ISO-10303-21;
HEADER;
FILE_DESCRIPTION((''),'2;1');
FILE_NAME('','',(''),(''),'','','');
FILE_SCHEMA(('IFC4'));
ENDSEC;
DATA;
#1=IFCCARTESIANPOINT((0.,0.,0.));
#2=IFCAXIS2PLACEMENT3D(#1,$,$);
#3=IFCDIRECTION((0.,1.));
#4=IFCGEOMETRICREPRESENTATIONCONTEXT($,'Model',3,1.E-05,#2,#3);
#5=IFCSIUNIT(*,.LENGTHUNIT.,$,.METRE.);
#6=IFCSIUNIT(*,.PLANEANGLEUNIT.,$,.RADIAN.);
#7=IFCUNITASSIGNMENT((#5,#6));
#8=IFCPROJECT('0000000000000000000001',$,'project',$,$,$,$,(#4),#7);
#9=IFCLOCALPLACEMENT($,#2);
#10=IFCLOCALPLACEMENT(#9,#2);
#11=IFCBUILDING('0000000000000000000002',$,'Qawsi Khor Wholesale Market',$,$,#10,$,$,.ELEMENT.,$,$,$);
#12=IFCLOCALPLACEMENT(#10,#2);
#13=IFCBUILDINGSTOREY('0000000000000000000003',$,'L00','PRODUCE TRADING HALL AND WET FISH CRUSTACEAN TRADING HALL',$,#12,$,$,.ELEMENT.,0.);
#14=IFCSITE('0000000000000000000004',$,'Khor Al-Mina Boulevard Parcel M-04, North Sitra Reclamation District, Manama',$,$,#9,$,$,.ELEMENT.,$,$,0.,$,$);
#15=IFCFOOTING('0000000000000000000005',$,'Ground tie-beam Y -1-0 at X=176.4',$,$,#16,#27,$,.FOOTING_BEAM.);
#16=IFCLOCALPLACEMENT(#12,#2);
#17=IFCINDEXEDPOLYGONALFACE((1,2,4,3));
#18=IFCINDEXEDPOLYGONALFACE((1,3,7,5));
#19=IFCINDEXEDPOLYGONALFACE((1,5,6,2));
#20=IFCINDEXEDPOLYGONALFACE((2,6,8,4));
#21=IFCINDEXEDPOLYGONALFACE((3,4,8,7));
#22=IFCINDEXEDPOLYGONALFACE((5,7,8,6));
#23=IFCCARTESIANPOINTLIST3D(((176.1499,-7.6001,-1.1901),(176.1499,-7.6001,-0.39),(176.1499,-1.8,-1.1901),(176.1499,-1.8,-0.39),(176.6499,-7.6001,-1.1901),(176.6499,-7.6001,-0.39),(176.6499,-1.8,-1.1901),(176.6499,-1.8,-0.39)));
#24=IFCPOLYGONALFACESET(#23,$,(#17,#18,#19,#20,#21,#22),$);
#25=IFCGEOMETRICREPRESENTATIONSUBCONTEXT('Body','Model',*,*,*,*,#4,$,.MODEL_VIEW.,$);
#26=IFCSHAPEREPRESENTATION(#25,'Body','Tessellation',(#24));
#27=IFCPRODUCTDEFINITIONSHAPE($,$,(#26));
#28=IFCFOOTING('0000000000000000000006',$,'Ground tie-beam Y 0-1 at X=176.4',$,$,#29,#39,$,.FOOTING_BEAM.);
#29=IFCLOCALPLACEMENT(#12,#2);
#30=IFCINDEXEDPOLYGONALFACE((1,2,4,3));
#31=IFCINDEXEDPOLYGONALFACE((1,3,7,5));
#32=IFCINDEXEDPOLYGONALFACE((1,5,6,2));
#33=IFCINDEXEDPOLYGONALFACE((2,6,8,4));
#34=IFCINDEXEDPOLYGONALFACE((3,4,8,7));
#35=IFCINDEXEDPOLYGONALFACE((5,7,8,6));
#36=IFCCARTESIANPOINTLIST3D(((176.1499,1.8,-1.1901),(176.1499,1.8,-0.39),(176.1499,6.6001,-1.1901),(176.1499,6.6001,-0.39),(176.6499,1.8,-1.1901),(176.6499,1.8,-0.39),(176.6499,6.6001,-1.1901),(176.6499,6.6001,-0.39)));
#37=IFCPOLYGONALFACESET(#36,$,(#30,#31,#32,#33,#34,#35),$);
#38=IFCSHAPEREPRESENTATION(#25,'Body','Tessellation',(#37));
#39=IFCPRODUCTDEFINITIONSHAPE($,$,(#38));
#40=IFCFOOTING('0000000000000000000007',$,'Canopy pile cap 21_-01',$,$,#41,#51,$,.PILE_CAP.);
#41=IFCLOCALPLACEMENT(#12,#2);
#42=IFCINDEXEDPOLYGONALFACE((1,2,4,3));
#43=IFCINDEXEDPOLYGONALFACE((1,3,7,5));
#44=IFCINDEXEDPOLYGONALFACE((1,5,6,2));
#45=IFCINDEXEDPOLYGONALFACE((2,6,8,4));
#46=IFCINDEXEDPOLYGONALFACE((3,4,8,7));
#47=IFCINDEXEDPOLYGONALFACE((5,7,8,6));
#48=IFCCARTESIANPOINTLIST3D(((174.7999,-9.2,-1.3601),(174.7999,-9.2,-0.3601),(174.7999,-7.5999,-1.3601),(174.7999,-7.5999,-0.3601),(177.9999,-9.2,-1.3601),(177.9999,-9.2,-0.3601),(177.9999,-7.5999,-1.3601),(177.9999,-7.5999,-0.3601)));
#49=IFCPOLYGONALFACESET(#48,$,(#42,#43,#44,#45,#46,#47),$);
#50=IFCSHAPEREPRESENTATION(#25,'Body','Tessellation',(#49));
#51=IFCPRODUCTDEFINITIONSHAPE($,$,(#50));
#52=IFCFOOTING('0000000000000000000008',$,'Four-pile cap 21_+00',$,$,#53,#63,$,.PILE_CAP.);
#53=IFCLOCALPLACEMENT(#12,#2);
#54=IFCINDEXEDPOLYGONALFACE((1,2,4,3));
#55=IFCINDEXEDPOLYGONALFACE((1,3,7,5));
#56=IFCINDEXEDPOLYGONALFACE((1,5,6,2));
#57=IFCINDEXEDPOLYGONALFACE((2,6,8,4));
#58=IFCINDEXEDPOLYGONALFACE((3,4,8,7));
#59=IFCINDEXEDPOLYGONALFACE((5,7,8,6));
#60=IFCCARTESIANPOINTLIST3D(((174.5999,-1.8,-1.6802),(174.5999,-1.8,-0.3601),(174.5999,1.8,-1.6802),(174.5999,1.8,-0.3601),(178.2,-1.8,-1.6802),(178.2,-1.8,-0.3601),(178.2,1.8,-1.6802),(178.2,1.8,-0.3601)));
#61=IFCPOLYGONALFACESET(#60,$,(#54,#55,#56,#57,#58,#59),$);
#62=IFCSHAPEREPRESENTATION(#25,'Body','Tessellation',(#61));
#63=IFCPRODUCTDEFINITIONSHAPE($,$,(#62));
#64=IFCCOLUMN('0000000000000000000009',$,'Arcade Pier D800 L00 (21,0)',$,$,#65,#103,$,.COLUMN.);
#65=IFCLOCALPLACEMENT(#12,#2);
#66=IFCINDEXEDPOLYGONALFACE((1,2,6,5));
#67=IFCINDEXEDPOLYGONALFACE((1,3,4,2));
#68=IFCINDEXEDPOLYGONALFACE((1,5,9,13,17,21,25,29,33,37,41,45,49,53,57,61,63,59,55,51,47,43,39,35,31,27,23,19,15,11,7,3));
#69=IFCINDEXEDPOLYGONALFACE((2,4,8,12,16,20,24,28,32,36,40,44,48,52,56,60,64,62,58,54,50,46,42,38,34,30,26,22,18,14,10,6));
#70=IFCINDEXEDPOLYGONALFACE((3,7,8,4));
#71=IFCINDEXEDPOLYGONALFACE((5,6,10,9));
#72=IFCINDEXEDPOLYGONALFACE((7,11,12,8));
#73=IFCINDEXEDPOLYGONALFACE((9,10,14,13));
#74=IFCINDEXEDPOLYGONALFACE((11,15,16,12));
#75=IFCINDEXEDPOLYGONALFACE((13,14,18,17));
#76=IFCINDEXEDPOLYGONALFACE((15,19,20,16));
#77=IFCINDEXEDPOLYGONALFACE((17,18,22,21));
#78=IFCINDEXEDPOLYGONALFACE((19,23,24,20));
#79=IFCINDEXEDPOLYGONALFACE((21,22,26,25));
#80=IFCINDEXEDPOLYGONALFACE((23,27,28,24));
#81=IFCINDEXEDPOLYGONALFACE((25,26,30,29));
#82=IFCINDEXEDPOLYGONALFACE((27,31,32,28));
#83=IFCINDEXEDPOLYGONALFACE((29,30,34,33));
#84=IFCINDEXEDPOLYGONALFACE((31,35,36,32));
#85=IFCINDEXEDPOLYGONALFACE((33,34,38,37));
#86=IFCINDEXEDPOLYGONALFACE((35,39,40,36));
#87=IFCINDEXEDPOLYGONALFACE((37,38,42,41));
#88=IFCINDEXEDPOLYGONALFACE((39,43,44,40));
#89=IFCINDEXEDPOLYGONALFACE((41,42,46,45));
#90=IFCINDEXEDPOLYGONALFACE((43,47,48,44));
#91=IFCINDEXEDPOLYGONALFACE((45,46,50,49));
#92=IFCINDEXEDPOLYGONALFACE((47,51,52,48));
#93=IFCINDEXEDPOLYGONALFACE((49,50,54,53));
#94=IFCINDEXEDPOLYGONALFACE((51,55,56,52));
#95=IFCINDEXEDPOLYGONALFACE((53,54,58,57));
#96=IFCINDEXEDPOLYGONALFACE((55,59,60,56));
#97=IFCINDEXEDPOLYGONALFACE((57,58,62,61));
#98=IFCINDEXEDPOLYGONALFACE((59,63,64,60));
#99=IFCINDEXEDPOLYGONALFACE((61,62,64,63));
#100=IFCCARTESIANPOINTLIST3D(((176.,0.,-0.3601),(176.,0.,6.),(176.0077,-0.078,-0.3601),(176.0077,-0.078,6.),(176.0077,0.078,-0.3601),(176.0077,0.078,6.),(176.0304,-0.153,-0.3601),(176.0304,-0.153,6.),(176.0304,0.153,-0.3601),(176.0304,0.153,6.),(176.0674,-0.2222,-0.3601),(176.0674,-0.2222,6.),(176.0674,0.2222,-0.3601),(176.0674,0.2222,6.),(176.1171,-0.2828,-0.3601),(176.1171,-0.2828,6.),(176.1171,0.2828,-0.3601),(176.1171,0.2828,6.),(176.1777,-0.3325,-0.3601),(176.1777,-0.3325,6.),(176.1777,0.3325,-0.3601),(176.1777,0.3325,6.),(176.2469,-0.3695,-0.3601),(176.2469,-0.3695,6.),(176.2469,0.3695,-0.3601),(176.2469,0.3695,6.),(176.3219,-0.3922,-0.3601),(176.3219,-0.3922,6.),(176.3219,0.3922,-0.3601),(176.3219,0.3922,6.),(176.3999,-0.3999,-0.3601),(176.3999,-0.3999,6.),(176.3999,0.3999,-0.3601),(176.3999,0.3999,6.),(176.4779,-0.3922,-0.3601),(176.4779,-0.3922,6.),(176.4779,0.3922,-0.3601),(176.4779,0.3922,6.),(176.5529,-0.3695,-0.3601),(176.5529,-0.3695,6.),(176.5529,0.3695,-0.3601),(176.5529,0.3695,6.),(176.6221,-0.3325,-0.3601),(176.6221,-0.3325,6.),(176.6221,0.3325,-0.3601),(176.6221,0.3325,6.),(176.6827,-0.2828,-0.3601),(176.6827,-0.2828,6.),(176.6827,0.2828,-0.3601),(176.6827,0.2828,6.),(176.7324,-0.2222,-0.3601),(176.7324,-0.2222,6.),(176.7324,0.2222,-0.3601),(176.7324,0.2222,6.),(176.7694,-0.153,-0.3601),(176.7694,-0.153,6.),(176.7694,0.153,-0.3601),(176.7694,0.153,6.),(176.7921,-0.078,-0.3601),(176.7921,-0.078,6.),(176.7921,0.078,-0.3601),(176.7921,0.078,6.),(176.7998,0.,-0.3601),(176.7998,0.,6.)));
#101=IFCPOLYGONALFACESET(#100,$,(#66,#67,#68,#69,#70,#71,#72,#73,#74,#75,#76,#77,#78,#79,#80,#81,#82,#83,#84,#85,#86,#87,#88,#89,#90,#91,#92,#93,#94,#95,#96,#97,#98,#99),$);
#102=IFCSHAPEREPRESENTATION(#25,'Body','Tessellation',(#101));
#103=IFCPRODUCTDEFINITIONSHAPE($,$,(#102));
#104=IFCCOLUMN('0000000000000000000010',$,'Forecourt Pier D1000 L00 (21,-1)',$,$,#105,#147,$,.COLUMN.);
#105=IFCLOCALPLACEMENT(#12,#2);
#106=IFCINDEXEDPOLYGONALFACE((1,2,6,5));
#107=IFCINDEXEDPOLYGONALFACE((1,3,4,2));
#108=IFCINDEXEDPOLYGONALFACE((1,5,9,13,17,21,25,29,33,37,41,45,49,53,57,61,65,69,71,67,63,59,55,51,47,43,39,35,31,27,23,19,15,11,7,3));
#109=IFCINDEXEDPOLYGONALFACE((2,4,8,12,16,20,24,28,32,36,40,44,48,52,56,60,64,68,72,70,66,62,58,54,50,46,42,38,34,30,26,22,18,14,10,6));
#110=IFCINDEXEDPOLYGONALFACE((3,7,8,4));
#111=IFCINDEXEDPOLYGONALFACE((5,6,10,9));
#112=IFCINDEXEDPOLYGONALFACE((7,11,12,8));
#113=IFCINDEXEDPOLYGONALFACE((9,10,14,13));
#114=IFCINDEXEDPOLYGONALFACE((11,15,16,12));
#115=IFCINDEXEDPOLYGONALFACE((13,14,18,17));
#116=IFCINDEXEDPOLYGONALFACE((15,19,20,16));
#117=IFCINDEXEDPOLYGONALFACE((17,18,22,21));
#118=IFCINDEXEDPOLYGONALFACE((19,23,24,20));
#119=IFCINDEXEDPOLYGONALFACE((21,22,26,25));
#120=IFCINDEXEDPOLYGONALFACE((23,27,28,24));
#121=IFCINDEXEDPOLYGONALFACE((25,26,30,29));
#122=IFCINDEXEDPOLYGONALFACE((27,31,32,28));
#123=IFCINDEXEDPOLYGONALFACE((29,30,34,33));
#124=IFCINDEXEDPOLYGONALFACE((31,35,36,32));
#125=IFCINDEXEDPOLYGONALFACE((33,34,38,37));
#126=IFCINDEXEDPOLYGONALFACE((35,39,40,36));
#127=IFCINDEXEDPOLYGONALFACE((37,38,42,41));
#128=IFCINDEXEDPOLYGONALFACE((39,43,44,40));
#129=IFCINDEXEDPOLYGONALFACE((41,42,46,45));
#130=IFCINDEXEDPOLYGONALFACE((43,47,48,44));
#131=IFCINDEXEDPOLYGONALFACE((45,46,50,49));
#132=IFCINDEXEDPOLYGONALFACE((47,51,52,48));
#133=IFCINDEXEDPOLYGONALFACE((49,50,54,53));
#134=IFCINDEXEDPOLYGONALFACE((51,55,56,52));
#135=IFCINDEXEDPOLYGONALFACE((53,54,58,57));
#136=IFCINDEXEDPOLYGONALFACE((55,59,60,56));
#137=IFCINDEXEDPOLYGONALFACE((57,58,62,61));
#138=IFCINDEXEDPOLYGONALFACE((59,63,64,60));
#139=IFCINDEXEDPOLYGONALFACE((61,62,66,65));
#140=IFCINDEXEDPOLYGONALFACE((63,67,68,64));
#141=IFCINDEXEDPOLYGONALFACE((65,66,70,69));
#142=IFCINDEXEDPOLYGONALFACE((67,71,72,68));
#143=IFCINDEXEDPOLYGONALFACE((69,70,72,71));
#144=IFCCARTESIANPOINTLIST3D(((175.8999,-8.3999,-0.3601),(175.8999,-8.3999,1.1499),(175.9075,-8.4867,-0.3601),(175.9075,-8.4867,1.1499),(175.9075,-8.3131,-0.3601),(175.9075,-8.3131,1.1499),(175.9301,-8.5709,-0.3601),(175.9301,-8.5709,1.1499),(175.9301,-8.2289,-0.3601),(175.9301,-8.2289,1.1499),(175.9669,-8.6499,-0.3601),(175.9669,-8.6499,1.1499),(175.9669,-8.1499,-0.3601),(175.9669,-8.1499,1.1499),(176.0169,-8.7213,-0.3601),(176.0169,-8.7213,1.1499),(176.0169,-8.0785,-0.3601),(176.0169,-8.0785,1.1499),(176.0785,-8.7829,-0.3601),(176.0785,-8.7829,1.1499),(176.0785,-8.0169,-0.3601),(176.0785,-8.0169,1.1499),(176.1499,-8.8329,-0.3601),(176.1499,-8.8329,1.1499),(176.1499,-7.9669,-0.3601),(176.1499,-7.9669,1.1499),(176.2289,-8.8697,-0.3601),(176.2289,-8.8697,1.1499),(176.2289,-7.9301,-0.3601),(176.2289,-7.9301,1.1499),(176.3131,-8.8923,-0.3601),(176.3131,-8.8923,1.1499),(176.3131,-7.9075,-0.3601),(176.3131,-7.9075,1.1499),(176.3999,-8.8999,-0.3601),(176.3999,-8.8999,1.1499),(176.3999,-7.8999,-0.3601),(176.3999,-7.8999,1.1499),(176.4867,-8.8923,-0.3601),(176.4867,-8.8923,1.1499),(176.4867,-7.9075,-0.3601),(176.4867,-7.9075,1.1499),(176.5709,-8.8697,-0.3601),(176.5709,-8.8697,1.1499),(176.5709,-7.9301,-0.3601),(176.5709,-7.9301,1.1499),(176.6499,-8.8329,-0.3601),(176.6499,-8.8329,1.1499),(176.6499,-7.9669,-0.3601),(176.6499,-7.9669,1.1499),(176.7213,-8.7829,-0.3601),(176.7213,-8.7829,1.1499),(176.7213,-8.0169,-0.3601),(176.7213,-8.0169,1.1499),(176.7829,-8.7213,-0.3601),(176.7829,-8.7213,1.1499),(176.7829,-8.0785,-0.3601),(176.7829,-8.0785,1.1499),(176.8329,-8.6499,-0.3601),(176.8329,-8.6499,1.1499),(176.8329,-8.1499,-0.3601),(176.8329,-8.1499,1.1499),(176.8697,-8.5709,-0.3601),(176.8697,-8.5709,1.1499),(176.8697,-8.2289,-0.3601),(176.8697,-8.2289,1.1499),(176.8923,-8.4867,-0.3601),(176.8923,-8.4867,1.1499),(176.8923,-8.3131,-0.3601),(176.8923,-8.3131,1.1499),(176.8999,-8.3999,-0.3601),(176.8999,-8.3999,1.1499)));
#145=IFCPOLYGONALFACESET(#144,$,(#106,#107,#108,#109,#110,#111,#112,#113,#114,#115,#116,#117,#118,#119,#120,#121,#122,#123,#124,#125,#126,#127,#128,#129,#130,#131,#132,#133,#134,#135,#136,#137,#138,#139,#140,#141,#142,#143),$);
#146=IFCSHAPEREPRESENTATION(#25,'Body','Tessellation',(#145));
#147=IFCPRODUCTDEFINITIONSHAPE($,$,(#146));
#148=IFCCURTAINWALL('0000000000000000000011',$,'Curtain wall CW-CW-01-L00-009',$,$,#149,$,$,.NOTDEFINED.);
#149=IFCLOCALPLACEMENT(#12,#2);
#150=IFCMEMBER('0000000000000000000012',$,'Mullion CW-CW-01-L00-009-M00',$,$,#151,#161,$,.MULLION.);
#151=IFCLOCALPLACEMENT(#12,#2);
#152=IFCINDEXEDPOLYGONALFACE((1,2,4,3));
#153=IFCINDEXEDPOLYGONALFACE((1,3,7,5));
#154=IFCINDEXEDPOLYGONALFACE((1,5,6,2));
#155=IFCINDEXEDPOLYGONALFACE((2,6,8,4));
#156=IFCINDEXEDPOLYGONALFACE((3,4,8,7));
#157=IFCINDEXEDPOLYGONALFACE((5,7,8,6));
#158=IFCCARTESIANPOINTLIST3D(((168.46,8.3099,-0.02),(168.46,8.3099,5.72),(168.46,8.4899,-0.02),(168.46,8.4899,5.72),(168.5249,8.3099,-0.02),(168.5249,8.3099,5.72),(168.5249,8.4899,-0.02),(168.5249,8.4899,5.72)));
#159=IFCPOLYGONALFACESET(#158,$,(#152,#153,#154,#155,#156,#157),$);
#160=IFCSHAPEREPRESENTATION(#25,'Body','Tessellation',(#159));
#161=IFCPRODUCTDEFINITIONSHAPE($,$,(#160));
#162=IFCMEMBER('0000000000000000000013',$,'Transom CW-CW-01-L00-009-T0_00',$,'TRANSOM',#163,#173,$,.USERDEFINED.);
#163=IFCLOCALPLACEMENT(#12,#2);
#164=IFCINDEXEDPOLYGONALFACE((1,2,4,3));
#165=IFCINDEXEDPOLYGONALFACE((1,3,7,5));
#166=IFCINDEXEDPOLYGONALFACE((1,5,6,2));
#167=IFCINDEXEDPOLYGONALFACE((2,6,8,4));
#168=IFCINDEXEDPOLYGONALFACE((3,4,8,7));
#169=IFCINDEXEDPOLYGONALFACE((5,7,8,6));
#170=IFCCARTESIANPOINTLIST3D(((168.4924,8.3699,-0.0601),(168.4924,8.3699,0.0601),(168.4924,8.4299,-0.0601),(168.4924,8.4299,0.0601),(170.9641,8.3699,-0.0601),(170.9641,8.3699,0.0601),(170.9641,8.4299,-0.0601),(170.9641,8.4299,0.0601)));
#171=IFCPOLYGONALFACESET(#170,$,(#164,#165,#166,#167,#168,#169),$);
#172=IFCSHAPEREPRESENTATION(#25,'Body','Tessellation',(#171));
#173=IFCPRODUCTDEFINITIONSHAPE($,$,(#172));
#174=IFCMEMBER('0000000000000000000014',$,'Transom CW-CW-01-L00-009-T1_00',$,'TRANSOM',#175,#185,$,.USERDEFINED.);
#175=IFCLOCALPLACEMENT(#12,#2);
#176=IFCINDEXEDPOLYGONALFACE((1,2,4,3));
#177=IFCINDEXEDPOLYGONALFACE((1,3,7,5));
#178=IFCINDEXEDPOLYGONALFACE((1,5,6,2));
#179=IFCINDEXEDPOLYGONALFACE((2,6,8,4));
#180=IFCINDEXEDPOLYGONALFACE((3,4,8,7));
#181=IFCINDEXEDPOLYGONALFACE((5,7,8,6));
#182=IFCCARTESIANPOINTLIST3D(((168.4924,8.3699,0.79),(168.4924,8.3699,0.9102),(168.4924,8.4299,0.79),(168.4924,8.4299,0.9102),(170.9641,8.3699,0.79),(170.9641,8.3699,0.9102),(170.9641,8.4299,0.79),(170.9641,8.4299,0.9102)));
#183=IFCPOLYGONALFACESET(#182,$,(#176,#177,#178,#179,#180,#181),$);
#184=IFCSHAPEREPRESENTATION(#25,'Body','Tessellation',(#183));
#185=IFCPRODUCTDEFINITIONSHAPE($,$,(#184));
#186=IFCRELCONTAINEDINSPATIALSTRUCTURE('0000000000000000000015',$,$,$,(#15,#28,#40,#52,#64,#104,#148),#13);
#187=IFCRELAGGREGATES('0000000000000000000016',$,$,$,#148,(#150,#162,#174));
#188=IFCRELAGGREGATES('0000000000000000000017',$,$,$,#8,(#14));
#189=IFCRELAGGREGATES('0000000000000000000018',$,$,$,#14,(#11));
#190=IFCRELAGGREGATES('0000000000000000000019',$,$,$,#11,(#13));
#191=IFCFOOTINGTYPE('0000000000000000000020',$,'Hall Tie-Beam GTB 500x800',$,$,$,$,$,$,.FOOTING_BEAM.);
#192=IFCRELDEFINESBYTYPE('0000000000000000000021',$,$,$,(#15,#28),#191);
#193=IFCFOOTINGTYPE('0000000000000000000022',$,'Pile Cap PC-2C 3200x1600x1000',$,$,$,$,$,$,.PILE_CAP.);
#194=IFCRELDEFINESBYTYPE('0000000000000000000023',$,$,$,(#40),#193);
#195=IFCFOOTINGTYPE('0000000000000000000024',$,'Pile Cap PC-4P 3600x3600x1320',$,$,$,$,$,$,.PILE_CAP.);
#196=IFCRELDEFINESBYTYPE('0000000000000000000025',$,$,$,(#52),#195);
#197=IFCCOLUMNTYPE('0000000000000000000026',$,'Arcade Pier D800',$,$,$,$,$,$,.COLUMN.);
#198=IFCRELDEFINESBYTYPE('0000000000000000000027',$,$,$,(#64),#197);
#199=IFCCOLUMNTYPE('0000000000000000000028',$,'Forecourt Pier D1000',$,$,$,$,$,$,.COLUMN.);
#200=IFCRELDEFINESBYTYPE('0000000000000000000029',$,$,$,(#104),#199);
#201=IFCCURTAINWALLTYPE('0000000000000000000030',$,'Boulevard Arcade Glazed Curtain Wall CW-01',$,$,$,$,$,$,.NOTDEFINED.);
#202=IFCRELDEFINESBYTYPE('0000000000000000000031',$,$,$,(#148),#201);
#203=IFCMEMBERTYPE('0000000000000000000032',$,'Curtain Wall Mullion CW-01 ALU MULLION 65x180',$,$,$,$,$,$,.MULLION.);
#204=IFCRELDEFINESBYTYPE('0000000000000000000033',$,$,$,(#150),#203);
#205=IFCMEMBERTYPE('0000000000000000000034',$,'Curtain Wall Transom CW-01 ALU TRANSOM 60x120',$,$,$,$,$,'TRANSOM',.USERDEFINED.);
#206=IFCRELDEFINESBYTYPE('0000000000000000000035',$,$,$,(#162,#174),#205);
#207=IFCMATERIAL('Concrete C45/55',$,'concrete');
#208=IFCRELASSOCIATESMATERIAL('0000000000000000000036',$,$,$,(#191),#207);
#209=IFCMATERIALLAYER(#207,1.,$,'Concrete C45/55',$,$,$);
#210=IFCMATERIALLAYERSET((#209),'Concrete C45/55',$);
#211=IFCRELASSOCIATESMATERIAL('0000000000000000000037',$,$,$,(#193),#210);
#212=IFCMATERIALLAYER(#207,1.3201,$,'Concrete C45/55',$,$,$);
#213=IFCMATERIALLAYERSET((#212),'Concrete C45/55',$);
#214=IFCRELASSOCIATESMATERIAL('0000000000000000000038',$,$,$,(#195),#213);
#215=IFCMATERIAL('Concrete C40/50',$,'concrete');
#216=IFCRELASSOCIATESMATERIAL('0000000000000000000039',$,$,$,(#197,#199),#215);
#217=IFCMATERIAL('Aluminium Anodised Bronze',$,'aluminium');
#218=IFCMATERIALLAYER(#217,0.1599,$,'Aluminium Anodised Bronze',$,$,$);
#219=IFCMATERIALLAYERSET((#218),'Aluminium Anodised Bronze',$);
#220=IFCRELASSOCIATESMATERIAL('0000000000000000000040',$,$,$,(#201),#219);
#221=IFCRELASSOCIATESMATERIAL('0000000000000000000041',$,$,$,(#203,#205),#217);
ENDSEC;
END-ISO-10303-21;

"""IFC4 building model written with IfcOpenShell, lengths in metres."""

from ifc_helpers import new_model, si_unit, direction, frame, origin, origin_2d, place, context, subcontext, project, spatial, rectangle, circle, extrude, material, layer, layer_set, material_profile, profile_set, type_object, element, aggregate, save


model = new_model("IFC4")

# Units and contexts
model_context = context("Model", 3, precision=1e-05, world=origin(), true_north=direction((0.0, 1.0)))
body_context = subcontext(model_context, "Body", "Model", "MODEL_VIEW")
ifc_project = project(units=[si_unit("LENGTHUNIT", "METRE"), si_unit("PLANEANGLEUNIT", "RADIAN")], contexts=[model_context])

# Site, building, storey
site_placement = place(None, origin())
site = spatial("IfcSite", under=ifc_project, at=site_placement, Name="Khor Al-Mina Boulevard Parcel M-04, North Sitra Reclamation District, Manama", CompositionType="ELEMENT", RefElevation=0.0)
building_placement = place(site_placement, origin())
building = spatial("IfcBuilding", under=site, at=building_placement, Name="Qawsi Khor Wholesale Market", CompositionType="ELEMENT")
storey_placement = place(building_placement, origin())
storey = spatial("IfcBuildingStorey", under=building, at=storey_placement, Name="L00", Description="PRODUCE TRADING HALL AND WET FISH CRUSTACEAN TRADING HALL", CompositionType="ELEMENT", Elevation=0.0)

# Shared definitions
ifc_material_1 = material(Name="Concrete C45/55", Category="concrete")

# Footings
ifc_material_profile_1 = material_profile(ifc_material_1, rectangle(XDim=0.5, YDim=0.8, at=origin_2d()), Name="RC 500x800")
ifc_profile_set_1 = profile_set([ifc_material_profile_1], Name="Concrete C45/55")
footing_type_1 = type_object("IfcFootingType", Name="Hall Tie-Beam GTB 500x800", PredefinedType="FOOTING_BEAM", material=ifc_profile_set_1)
footing_1_placement = place(storey_placement, frame((176.3999, -7.6001, -0.79), z_axis=(0.0, 1.0, 0.0), x_axis=(-1.0, 0.0, 0.0)))
element("IfcFooting", 1, at=footing_1_placement, inside=storey, type_object=footing_type_1, Name="Ground tie-beam Y -1-0 at X=176.4", PredefinedType="FOOTING_BEAM", context=body_context, shape_type="SweptSolid", body=[
    extrude(rectangle(XDim=0.5, YDim=0.8, at=origin_2d()), origin(), (0.0, 0.0, 1.0), 5.8),
])
footing_2_placement = place(storey_placement, frame((176.3999, 1.8, -0.79), z_axis=(0.0, 1.0, 0.0), x_axis=(-1.0, 0.0, 0.0)))
element("IfcFooting", 2, at=footing_2_placement, inside=storey, type_object=footing_type_1, Name="Ground tie-beam Y 0-1 at X=176.4", PredefinedType="FOOTING_BEAM", context=body_context, shape_type="SweptSolid", body=[
    extrude(rectangle(XDim=0.5, YDim=0.8, at=origin_2d()), origin(), (0.0, 0.0, 1.0), 4.8),
])
ifc_layer_1 = layer(ifc_material_1, 1.0, Name="Concrete C45/55")
ifc_layer_set_1 = layer_set([ifc_layer_1], Name="Concrete C45/55")
footing_type_2 = type_object("IfcFootingType", Name="Pile Cap PC-2C 3200x1600x1000", PredefinedType="PILE_CAP", material=ifc_layer_set_1)
footing_3_placement = place(storey_placement, frame((176.3999, -8.3999, -1.3601), z_axis=(0.0, 0.0, 1.0), x_axis=(1.0, 0.0, 0.0)))
element("IfcFooting", 3, at=footing_3_placement, inside=storey, type_object=footing_type_2, Name="Canopy pile cap 21_-01", PredefinedType="PILE_CAP", context=body_context, shape_type="SweptSolid", body=[
    extrude(rectangle(XDim=3.2, YDim=1.6001, at=origin_2d()), origin(), (0.0, 0.0, 1.0), 1.0),
])
ifc_layer_2 = layer(ifc_material_1, 1.3201, Name="Concrete C45/55")
ifc_layer_set_2 = layer_set([ifc_layer_2], Name="Concrete C45/55")
footing_type_3 = type_object("IfcFootingType", Name="Pile Cap PC-4P 3600x3600x1320", PredefinedType="PILE_CAP", material=ifc_layer_set_2)
footing_4_placement = place(storey_placement, frame((176.3999, 0.0, -1.6802), z_axis=(0.0, 0.0, 1.0), x_axis=(1.0, 0.0, 0.0)))
element("IfcFooting", 4, at=footing_4_placement, inside=storey, type_object=footing_type_3, Name="Four-pile cap 21_+00", PredefinedType="PILE_CAP", context=body_context, shape_type="SweptSolid", body=[
    extrude(rectangle(XDim=3.6001, YDim=3.6001, at=origin_2d()), origin(), (0.0, 0.0, 1.0), 1.3201),
])

# Columns
ifc_material_2 = material(Name="Concrete C40/50", Category="concrete")
ifc_material_profile_2 = material_profile(ifc_material_2, circle(Radius=0.3999, at=origin_2d()), Name="RC COL D800")
ifc_profile_set_2 = profile_set([ifc_material_profile_2], Name="Concrete C40/50")
column_type_1 = type_object("IfcColumnType", Name="Arcade Pier D800", PredefinedType="COLUMN", material=ifc_profile_set_2)
column_1_placement = place(storey_placement, frame((176.3999, 0.0, -0.3601), z_axis=(0.0, 0.0, 1.0), x_axis=(1.0, 0.0, 0.0)))
element("IfcColumn", 5, at=column_1_placement, inside=storey, type_object=column_type_1, Name="Arcade Pier D800 L00 (21,0)", PredefinedType="COLUMN", context=body_context, shape_type="SweptSolid", body=[
    extrude(circle(Radius=0.3999, at=origin_2d()), origin(), (0.0, 0.0, 1.0), 6.3601),
])
ifc_material_profile_3 = material_profile(ifc_material_2, circle(Radius=0.5, at=origin_2d()), Name="RC COL D1000")
ifc_profile_set_3 = profile_set([ifc_material_profile_3], Name="Concrete C40/50")
column_type_2 = type_object("IfcColumnType", Name="Forecourt Pier D1000", PredefinedType="COLUMN", material=ifc_profile_set_3)
column_2_placement = place(storey_placement, frame((176.3999, -8.3999, -0.3601), z_axis=(0.0, 0.0, 1.0), x_axis=(1.0, 0.0, 0.0)))
element("IfcColumn", 6, at=column_2_placement, inside=storey, type_object=column_type_2, Name="Forecourt Pier D1000 L00 (21,-1)", PredefinedType="COLUMN", context=body_context, shape_type="SweptSolid", body=[
    extrude(circle(Radius=0.5, at=origin_2d()), origin(), (0.0, 0.0, 1.0), 1.51),
])

# Curtain wall, members
ifc_material_3 = material(Name="Aluminium Anodised Bronze", Category="aluminium")
ifc_layer_3 = layer(ifc_material_3, 0.1599, Name="Aluminium Anodised Bronze")
ifc_layer_set_3 = layer_set([ifc_layer_3], Name="Aluminium Anodised Bronze")
curtain_wall_type = type_object("IfcCurtainWallType", Name="Boulevard Arcade Glazed Curtain Wall CW-01", PredefinedType="NOTDEFINED", material=ifc_layer_set_3)
curtain_wall_placement = place(storey_placement, origin())
curtain_wall = element("IfcCurtainWall", 7, at=curtain_wall_placement, inside=storey, type_object=curtain_wall_type, Name="Curtain wall CW-CW-01-L00-009", PredefinedType="NOTDEFINED")
ifc_material_profile_4 = material_profile(ifc_material_3, rectangle(XDim=0.0649, YDim=0.1799, at=origin_2d()), Name="ALU MULLION 65x180")
ifc_profile_set_4 = profile_set([ifc_material_profile_4], Name="Aluminium Anodised Bronze")
member_type_1 = type_object("IfcMemberType", Name="Curtain Wall Mullion CW-01 ALU MULLION 65x180", PredefinedType="MULLION", material=ifc_profile_set_4)
member_1_placement = place(storey_placement, frame((168.4924, 8.3999, -0.02), z_axis=(0.0, 0.0, 1.0), x_axis=(1.0, 0.0, 0.0)))
member_1 = element("IfcMember", 8, at=member_1_placement, type_object=member_type_1, Name="Mullion CW-CW-01-L00-009-M00", PredefinedType="MULLION", context=body_context, shape_type="SweptSolid", body=[
    extrude(rectangle(XDim=0.0649, YDim=0.1799, at=origin_2d()), origin(), (0.0, 0.0, 1.0), 5.74),
])
ifc_material_profile_5 = material_profile(ifc_material_3, rectangle(XDim=0.0601, YDim=0.1201, at=origin_2d()), Name="ALU TRANSOM 60x120")
ifc_profile_set_5 = profile_set([ifc_material_profile_5], Name="Aluminium Anodised Bronze")
member_type_2 = type_object("IfcMemberType", Name="Curtain Wall Transom CW-01 ALU TRANSOM 60x120", ElementType="TRANSOM", PredefinedType="USERDEFINED", material=ifc_profile_set_5)
member_2_placement = place(storey_placement, frame((168.4924, 8.3999, 0.0), z_axis=(1.0, 0.0, 0.0), x_axis=(0.0, 1.0, 0.0)))
member_2 = element("IfcMember", 9, at=member_2_placement, type_object=member_type_2, Name="Transom CW-CW-01-L00-009-T0_00", ObjectType="TRANSOM", PredefinedType="USERDEFINED", context=body_context, shape_type="SweptSolid", body=[
    extrude(rectangle(XDim=0.0601, YDim=0.1201, at=origin_2d()), origin(), (0.0, 0.0, 1.0), 2.4717),
])
member_3_placement = place(storey_placement, frame((168.4924, 8.3999, 0.8501), z_axis=(1.0, 0.0, 0.0), x_axis=(0.0, 1.0, 0.0)))
member_3 = element("IfcMember", 10, at=member_3_placement, type_object=member_type_2, Name="Transom CW-CW-01-L00-009-T1_00", ObjectType="TRANSOM", PredefinedType="USERDEFINED", context=body_context, shape_type="SweptSolid", body=[
    extrude(rectangle(XDim=0.0601, YDim=0.1201, at=origin_2d()), origin(), (0.0, 0.0, 1.0), 2.4717),
])

aggregate(curtain_wall, [member_1, member_2, member_3])

save(model, "model.ifc")
